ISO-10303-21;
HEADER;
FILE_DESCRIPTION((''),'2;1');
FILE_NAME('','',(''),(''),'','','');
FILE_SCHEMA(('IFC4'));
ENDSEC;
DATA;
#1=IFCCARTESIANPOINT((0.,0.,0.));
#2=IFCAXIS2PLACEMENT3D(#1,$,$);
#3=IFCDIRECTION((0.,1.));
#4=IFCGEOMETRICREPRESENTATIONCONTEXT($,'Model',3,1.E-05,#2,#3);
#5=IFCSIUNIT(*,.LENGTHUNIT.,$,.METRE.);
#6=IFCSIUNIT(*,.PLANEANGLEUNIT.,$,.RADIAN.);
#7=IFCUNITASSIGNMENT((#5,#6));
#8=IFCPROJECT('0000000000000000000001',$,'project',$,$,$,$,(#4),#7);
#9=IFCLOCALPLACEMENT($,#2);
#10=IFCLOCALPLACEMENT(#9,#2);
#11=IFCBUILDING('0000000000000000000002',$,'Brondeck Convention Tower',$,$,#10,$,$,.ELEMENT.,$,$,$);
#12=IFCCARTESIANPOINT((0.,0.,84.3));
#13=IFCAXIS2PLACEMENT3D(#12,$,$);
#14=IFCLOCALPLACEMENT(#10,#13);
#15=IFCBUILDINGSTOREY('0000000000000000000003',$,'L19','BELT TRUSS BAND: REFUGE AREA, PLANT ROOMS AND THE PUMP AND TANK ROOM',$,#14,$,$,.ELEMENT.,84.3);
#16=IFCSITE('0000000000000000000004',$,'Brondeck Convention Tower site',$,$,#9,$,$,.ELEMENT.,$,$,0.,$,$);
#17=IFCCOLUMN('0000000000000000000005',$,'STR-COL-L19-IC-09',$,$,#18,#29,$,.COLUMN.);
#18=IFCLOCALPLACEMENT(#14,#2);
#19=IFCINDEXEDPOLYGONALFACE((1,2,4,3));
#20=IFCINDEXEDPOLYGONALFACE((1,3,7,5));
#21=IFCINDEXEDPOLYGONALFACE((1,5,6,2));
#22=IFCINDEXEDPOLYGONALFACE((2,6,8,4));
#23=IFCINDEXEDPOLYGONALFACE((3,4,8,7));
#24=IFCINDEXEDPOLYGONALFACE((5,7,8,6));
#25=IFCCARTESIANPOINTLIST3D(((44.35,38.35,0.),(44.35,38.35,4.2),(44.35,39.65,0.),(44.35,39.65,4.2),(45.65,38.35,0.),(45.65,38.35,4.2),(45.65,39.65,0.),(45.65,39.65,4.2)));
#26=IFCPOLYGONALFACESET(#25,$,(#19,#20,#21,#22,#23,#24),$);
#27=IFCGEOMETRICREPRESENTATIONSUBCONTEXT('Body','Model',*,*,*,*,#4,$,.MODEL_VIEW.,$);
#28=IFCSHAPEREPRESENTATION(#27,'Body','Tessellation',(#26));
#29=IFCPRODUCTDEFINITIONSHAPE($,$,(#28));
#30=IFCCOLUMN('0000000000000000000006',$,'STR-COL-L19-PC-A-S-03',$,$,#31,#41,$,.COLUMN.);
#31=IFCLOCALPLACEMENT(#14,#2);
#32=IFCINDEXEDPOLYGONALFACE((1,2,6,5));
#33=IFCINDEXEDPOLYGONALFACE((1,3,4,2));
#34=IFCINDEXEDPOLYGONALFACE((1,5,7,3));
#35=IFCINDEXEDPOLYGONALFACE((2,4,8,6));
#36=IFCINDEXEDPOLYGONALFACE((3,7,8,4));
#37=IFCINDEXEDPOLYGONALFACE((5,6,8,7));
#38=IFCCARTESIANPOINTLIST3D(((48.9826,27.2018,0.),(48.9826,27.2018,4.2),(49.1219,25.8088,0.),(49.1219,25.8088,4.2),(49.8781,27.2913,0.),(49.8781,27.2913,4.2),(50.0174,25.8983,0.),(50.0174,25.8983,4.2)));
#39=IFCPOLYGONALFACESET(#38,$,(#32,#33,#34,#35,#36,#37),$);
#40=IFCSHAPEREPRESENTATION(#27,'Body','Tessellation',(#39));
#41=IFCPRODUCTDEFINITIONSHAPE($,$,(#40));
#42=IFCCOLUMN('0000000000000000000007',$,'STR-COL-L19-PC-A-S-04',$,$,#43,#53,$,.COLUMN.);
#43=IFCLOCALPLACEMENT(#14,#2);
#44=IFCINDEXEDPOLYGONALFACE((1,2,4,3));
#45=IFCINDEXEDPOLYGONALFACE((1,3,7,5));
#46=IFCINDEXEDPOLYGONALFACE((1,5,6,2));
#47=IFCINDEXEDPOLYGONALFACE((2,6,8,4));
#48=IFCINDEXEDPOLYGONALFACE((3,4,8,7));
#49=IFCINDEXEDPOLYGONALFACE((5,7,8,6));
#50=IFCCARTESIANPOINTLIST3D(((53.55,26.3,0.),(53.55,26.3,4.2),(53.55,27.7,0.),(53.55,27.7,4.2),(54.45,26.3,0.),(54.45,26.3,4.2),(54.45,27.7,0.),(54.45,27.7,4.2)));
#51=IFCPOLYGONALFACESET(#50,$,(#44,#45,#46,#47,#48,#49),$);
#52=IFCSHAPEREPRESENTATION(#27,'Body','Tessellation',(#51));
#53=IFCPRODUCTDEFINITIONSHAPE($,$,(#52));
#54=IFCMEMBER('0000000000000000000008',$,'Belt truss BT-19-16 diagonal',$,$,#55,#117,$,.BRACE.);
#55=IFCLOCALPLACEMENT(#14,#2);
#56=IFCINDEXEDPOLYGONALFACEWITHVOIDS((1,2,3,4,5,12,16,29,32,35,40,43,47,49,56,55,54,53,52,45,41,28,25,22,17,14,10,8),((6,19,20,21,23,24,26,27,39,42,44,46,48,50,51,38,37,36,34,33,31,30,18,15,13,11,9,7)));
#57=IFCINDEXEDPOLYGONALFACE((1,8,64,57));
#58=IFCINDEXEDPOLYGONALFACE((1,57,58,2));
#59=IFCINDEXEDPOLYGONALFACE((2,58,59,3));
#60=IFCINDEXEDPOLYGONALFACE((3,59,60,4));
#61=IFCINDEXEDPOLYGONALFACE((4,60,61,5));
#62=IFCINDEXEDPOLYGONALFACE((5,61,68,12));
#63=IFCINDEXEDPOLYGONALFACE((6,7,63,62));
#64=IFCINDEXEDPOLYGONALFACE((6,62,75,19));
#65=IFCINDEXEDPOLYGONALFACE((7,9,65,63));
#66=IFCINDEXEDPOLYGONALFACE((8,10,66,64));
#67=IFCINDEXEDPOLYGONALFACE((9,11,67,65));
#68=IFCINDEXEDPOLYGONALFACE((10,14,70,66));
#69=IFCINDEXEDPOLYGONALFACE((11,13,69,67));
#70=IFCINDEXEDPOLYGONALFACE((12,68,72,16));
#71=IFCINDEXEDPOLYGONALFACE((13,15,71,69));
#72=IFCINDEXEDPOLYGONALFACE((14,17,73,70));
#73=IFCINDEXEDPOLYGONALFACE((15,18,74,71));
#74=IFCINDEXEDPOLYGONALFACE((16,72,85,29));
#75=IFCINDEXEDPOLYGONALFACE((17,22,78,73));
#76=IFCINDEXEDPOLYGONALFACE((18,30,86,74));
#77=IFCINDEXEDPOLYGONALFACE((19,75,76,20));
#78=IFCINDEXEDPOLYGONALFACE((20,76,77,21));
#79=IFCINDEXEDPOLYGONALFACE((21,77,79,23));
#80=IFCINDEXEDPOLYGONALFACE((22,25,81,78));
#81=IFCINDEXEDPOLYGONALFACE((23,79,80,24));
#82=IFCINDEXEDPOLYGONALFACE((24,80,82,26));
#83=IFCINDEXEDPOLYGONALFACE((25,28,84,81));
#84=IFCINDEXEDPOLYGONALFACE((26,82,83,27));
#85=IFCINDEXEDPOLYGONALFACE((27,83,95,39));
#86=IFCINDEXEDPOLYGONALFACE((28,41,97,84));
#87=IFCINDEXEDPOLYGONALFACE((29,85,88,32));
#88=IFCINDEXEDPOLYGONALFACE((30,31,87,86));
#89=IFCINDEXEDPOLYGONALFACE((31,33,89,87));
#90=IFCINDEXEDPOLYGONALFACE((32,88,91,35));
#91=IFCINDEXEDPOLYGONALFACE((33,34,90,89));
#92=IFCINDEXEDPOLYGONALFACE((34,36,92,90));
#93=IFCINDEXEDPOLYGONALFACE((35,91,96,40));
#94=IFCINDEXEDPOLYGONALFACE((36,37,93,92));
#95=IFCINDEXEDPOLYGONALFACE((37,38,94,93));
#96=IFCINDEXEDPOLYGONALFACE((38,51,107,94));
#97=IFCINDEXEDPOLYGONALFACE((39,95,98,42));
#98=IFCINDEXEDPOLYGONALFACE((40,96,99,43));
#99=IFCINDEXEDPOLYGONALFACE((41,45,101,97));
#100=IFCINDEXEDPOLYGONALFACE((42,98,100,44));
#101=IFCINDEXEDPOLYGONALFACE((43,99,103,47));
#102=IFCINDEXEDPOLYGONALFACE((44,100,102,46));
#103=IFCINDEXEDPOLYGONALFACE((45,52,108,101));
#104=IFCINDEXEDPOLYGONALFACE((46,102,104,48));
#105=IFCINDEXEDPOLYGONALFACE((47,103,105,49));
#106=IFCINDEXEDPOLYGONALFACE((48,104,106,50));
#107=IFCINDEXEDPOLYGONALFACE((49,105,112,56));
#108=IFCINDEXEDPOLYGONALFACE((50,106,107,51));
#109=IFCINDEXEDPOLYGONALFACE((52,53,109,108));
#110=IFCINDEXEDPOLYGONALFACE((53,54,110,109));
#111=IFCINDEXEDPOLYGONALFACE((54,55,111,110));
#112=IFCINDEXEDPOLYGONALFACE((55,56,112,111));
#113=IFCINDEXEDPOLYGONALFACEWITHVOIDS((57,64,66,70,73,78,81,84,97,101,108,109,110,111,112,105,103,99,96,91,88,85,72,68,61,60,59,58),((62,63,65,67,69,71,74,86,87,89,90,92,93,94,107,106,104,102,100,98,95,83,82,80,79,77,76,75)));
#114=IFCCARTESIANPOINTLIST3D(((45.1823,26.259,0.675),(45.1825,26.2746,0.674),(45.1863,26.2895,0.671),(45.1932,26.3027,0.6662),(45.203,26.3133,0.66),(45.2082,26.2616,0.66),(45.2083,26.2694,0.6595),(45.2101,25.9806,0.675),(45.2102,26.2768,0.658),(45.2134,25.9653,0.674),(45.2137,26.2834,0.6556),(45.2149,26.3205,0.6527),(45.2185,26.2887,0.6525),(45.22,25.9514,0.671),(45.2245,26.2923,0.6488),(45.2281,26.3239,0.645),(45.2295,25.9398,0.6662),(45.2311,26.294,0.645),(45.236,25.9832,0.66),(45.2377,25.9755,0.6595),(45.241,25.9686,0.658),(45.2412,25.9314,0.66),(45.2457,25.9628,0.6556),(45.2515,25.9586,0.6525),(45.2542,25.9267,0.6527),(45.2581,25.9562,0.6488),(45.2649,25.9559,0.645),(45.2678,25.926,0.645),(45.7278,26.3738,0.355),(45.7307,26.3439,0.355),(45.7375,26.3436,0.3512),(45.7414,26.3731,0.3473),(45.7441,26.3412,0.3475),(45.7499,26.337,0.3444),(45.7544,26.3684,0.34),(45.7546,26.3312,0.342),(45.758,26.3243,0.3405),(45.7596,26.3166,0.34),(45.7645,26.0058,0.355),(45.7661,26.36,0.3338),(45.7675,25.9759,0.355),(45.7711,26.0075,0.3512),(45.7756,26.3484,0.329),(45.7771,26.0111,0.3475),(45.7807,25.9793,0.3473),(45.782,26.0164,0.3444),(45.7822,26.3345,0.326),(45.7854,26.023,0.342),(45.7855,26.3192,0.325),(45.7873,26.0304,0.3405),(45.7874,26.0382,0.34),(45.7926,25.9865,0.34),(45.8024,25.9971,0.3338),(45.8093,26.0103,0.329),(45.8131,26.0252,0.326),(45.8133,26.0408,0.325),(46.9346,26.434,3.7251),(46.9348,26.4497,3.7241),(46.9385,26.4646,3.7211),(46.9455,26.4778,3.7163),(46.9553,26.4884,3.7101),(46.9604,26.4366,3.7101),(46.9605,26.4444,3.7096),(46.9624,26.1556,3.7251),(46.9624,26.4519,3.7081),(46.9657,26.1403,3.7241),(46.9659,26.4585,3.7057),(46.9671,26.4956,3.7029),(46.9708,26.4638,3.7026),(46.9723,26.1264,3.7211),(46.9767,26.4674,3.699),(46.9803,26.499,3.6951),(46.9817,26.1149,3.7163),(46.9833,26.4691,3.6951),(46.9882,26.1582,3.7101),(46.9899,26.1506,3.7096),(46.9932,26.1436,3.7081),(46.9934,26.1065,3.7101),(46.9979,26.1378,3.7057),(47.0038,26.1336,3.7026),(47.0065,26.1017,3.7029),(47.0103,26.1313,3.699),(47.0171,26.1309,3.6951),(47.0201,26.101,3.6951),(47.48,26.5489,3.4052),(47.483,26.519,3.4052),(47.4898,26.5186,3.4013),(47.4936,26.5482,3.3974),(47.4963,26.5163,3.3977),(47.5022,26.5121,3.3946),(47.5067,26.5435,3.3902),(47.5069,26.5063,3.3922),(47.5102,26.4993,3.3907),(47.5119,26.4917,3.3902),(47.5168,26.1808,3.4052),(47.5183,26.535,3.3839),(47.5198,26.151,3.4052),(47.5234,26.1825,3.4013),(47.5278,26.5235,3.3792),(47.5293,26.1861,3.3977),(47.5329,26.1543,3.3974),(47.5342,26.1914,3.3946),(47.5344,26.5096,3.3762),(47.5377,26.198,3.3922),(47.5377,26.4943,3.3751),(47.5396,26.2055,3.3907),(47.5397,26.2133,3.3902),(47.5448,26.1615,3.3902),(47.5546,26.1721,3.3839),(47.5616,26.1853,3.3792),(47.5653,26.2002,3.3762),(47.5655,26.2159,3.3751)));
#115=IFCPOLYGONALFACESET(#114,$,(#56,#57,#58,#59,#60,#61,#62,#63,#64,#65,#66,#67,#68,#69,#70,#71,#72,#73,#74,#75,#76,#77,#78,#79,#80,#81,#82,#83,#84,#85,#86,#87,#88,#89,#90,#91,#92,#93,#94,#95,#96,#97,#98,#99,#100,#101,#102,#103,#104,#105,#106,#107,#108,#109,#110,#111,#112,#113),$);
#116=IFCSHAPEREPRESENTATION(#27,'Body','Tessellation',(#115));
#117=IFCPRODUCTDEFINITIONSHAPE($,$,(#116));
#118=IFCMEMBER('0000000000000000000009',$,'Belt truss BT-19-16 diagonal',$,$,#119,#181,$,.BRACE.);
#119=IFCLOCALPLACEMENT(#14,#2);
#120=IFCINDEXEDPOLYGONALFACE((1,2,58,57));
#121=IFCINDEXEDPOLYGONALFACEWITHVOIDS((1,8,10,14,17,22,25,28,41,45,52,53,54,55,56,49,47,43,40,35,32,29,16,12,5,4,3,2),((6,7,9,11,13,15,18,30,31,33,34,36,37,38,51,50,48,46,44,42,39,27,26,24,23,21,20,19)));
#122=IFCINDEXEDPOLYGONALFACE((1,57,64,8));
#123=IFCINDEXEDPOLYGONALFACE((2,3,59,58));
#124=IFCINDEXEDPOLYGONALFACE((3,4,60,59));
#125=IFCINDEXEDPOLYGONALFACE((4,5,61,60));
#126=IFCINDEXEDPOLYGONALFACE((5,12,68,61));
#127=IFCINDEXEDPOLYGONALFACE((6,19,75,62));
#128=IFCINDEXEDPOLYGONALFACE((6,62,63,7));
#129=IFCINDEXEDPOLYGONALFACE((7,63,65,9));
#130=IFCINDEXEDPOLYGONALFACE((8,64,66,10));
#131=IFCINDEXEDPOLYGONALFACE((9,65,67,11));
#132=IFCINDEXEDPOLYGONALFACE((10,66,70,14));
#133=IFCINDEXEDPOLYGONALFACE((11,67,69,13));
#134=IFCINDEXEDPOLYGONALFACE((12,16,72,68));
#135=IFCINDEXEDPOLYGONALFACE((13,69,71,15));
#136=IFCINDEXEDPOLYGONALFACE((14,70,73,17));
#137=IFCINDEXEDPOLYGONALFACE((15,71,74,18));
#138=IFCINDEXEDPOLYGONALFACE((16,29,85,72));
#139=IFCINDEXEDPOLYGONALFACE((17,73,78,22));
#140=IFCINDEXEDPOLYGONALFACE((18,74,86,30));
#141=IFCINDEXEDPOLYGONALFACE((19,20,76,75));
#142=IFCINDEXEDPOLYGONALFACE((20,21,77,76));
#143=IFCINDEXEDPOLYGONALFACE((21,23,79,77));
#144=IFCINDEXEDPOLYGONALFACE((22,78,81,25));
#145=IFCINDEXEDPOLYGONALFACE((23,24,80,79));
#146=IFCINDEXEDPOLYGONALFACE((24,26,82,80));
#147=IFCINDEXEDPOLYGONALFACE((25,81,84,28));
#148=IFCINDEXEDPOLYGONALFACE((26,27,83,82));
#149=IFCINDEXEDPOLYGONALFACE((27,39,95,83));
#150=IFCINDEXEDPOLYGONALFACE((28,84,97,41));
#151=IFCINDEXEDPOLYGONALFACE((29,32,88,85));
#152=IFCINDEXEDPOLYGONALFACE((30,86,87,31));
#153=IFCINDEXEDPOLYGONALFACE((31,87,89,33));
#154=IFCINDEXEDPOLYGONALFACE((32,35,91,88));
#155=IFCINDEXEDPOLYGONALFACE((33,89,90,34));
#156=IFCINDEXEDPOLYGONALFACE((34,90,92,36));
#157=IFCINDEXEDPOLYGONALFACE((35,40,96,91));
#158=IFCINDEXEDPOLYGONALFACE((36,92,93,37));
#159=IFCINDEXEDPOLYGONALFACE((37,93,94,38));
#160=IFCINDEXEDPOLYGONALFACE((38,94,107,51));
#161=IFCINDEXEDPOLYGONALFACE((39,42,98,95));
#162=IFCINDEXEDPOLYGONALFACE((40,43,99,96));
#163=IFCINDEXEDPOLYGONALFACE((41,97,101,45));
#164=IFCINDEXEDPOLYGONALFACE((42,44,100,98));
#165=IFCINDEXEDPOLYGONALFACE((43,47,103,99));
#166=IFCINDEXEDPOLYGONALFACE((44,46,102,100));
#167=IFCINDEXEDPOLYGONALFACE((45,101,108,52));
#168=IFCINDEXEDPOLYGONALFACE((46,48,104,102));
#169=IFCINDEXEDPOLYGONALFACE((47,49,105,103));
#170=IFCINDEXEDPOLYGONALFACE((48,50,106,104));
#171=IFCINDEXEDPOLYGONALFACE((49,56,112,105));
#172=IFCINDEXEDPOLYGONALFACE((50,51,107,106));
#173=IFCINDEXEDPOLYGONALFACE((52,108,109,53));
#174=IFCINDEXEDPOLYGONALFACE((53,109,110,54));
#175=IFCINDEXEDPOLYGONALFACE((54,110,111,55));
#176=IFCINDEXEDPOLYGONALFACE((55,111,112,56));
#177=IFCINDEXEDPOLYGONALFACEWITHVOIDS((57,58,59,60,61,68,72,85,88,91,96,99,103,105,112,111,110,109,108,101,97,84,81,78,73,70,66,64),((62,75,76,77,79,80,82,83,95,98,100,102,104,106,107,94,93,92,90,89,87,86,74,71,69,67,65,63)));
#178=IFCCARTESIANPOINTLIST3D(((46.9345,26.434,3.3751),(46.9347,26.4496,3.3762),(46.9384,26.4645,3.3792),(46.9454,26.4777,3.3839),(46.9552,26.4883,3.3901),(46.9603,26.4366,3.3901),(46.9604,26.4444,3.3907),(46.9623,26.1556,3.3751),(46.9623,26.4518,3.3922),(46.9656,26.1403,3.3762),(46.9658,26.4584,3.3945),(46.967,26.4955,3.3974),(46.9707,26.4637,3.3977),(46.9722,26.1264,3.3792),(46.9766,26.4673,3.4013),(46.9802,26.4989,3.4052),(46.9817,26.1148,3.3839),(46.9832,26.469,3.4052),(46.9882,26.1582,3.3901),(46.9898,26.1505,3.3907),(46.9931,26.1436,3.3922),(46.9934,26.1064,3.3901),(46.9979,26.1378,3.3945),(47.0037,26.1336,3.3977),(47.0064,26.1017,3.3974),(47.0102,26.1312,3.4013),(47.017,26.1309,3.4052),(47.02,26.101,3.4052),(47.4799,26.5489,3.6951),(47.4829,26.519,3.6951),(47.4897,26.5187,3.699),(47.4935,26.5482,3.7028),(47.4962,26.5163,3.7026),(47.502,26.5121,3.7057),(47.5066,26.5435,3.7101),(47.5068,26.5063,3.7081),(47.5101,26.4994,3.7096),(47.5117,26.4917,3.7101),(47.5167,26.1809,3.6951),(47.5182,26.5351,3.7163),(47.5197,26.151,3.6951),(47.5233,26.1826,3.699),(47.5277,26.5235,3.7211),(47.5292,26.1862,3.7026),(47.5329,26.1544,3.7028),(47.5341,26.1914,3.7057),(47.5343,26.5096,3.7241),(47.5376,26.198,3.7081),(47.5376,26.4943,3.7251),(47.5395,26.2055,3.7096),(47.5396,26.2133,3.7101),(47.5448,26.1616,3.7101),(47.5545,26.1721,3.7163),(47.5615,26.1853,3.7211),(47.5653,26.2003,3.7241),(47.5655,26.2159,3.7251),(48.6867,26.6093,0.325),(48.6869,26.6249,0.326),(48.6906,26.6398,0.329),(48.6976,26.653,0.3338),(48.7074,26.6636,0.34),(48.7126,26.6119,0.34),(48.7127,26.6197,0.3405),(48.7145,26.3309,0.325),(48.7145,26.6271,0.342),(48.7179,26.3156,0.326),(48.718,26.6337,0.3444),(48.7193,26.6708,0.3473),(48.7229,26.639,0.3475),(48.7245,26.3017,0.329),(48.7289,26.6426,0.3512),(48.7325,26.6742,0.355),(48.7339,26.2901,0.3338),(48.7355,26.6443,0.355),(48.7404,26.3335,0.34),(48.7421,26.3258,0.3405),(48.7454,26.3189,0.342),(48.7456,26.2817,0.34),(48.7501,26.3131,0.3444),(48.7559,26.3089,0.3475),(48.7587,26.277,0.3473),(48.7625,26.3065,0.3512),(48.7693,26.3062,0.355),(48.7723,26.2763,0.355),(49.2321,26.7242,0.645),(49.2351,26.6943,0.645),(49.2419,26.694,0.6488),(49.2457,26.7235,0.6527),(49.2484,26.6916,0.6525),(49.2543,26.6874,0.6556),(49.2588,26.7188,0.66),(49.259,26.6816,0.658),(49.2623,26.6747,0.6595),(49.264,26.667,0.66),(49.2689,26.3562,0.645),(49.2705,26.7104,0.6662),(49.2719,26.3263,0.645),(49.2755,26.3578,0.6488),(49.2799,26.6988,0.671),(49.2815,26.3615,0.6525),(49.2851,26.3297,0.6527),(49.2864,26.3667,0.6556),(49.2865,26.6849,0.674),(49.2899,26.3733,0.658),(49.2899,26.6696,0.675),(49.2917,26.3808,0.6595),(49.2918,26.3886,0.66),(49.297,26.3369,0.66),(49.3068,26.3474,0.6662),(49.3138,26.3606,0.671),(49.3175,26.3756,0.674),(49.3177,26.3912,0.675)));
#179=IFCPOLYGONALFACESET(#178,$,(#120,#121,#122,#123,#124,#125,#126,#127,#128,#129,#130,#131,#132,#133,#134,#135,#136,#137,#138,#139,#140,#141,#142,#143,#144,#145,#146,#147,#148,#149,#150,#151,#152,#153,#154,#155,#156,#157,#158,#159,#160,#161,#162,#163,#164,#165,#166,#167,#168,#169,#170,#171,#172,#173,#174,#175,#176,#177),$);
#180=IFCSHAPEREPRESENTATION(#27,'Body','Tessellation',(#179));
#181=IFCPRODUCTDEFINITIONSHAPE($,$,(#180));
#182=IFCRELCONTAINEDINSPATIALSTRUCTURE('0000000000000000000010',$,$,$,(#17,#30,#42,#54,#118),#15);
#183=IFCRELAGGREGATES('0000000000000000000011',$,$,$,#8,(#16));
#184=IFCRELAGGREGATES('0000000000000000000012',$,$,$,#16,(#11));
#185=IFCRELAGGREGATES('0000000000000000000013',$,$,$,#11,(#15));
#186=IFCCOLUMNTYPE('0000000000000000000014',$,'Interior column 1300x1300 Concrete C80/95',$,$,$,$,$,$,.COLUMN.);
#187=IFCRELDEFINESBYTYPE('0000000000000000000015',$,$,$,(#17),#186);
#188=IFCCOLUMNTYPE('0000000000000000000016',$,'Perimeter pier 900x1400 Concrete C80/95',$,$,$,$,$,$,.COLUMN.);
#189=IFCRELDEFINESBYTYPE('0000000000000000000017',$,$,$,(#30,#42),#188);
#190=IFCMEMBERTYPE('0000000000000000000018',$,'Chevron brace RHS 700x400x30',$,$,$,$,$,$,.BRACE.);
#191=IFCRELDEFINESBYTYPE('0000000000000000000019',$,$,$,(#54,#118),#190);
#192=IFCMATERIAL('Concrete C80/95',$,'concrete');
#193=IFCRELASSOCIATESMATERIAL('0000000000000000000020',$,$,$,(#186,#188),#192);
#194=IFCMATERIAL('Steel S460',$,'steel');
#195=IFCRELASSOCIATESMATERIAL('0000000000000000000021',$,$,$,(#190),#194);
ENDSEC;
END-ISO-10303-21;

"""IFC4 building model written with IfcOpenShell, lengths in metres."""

from ifc_helpers import new_model, si_unit, direction, frame, origin, origin_2d, place, context, subcontext, project, spatial, rectangle, hollow_rectangle, extrude, material, material_profile, profile_set, type_object, element, save


model = new_model("IFC4")

# Units and contexts
model_context = context("Model", 3, precision=1e-05, world=origin(), true_north=direction((0.0, 1.0)))
body_context = subcontext(model_context, "Body", "Model", "MODEL_VIEW")
ifc_project = project(units=[si_unit("LENGTHUNIT", "METRE"), si_unit("PLANEANGLEUNIT", "RADIAN")], contexts=[model_context])

# Site, building, storey
site_placement = place(None, origin())
site = spatial("IfcSite", under=ifc_project, at=site_placement, Name="Brondeck Convention Tower site", CompositionType="ELEMENT", RefElevation=0.0)
building_placement = place(site_placement, origin())
building = spatial("IfcBuilding", under=site, at=building_placement, Name="Brondeck Convention Tower", CompositionType="ELEMENT")
storey_placement = place(building_placement, frame((0.0, 0.0, 84.3)))
storey = spatial("IfcBuildingStorey", under=building, at=storey_placement, Name="L19", Description="BELT TRUSS BAND: REFUGE AREA, PLANT ROOMS AND THE PUMP AND TANK ROOM", CompositionType="ELEMENT", Elevation=84.3)

# Columns
ifc_material_1 = material(Name="Concrete C80/95", Category="concrete")
ifc_material_profile_1 = material_profile(ifc_material_1, rectangle(XDim=1.3, YDim=1.3, at=origin_2d()), Name="Interior column 1300x1300 Concrete C80/95")
ifc_profile_set_1 = profile_set([ifc_material_profile_1], Name="Concrete C80/95")
column_type_1 = type_object("IfcColumnType", Name="Interior column 1300x1300 Concrete C80/95", PredefinedType="COLUMN", material=ifc_profile_set_1)
column_placement = place(storey_placement, frame((45.0, 39.0, 0.0), z_axis=(0.0, 0.0, 1.0), x_axis=(1.0, 0.0, 0.0)))
element("IfcColumn", 1, at=column_placement, inside=storey, type_object=column_type_1, Name="STR-COL-L19-IC-09", PredefinedType="COLUMN", context=body_context, shape_type="SweptSolid", body=[
    extrude(rectangle(XDim=1.3, YDim=1.3, at=origin_2d()), origin(), (0.0, 0.0, 1.0), 4.2),
])
ifc_material_profile_2 = material_profile(ifc_material_1, rectangle(XDim=0.8999, YDim=1.3999, at=origin_2d()), Name="Perimeter pier 900x1400 Concrete C80/95")
ifc_profile_set_2 = profile_set([ifc_material_profile_2], Name="Concrete C80/95")
column_type_2 = type_object("IfcColumnType", Name="Perimeter pier 900x1400 Concrete C80/95", PredefinedType="COLUMN", material=ifc_profile_set_2)
for number, where, z_axis, x_axis, name in (
    (2, (49.5, 26.55, 0.0), (0.0, 0.0, 1.0), (0.995037, 0.099504, 0.0), "STR-COL-L19-PC-A-S-03"),
    (3, (54.0, 27.0, 0.0), (0.0, 0.0, 1.0), (1.0, 0.0, 0.0), "STR-COL-L19-PC-A-S-04"),
):
    element("IfcColumn", number, at=place(storey_placement, frame(where, z_axis=z_axis, x_axis=x_axis)), inside=storey, type_object=column_type_2, Name=name, PredefinedType="COLUMN", context=body_context, shape_type="SweptSolid", body=[
        extrude(rectangle(XDim=0.8999, YDim=1.3999, at=origin_2d()), origin(), (0.0, 0.0, 1.0), 4.2),
    ])

# Members
ifc_material_2 = material(Name="Steel S460", Category="steel")
ifc_material_profile_3 = material_profile(ifc_material_2, hollow_rectangle(XDim=0.3999, YDim=0.7, WallThickness=0.03, InnerFilletRadius=0.03, OuterFilletRadius=0.0601, at=origin_2d()), Name="RHS 700x400x30")
ifc_profile_set_3 = profile_set([ifc_material_profile_3], Name="Steel S460")
member_type_1 = type_object("IfcMemberType", Name="Chevron brace RHS 700x400x30", PredefinedType="BRACE", material=ifc_profile_set_3)
for number, where, z_axis, x_axis, name in (
    (4, (45.4978, 26.1499, 0.5), (0.497518, 0.049703, 0.866029), (-0.099408, 0.995047, 0.0), "Belt truss BT-19-16 diagonal"),
    (5, (49.0022, 26.5002, 0.5), (-0.497516, -0.049772, 0.866026), (0.099545, -0.995033, 0.0), "Belt truss BT-19-16 diagonal"),
):
    element("IfcMember", number, at=place(storey_placement, frame(where, z_axis=z_axis, x_axis=x_axis)), inside=storey, type_object=member_type_1, Name=name, PredefinedType="BRACE", context=body_context, shape_type="SweptSolid", body=[
        extrude(hollow_rectangle(XDim=0.3999, YDim=0.7, WallThickness=0.03, InnerFilletRadius=0.03, OuterFilletRadius=0.0601, at=origin_2d()), origin(), (0.0, 0.0, 1.0), 3.522),
    ])

save(model, "model.ifc")
